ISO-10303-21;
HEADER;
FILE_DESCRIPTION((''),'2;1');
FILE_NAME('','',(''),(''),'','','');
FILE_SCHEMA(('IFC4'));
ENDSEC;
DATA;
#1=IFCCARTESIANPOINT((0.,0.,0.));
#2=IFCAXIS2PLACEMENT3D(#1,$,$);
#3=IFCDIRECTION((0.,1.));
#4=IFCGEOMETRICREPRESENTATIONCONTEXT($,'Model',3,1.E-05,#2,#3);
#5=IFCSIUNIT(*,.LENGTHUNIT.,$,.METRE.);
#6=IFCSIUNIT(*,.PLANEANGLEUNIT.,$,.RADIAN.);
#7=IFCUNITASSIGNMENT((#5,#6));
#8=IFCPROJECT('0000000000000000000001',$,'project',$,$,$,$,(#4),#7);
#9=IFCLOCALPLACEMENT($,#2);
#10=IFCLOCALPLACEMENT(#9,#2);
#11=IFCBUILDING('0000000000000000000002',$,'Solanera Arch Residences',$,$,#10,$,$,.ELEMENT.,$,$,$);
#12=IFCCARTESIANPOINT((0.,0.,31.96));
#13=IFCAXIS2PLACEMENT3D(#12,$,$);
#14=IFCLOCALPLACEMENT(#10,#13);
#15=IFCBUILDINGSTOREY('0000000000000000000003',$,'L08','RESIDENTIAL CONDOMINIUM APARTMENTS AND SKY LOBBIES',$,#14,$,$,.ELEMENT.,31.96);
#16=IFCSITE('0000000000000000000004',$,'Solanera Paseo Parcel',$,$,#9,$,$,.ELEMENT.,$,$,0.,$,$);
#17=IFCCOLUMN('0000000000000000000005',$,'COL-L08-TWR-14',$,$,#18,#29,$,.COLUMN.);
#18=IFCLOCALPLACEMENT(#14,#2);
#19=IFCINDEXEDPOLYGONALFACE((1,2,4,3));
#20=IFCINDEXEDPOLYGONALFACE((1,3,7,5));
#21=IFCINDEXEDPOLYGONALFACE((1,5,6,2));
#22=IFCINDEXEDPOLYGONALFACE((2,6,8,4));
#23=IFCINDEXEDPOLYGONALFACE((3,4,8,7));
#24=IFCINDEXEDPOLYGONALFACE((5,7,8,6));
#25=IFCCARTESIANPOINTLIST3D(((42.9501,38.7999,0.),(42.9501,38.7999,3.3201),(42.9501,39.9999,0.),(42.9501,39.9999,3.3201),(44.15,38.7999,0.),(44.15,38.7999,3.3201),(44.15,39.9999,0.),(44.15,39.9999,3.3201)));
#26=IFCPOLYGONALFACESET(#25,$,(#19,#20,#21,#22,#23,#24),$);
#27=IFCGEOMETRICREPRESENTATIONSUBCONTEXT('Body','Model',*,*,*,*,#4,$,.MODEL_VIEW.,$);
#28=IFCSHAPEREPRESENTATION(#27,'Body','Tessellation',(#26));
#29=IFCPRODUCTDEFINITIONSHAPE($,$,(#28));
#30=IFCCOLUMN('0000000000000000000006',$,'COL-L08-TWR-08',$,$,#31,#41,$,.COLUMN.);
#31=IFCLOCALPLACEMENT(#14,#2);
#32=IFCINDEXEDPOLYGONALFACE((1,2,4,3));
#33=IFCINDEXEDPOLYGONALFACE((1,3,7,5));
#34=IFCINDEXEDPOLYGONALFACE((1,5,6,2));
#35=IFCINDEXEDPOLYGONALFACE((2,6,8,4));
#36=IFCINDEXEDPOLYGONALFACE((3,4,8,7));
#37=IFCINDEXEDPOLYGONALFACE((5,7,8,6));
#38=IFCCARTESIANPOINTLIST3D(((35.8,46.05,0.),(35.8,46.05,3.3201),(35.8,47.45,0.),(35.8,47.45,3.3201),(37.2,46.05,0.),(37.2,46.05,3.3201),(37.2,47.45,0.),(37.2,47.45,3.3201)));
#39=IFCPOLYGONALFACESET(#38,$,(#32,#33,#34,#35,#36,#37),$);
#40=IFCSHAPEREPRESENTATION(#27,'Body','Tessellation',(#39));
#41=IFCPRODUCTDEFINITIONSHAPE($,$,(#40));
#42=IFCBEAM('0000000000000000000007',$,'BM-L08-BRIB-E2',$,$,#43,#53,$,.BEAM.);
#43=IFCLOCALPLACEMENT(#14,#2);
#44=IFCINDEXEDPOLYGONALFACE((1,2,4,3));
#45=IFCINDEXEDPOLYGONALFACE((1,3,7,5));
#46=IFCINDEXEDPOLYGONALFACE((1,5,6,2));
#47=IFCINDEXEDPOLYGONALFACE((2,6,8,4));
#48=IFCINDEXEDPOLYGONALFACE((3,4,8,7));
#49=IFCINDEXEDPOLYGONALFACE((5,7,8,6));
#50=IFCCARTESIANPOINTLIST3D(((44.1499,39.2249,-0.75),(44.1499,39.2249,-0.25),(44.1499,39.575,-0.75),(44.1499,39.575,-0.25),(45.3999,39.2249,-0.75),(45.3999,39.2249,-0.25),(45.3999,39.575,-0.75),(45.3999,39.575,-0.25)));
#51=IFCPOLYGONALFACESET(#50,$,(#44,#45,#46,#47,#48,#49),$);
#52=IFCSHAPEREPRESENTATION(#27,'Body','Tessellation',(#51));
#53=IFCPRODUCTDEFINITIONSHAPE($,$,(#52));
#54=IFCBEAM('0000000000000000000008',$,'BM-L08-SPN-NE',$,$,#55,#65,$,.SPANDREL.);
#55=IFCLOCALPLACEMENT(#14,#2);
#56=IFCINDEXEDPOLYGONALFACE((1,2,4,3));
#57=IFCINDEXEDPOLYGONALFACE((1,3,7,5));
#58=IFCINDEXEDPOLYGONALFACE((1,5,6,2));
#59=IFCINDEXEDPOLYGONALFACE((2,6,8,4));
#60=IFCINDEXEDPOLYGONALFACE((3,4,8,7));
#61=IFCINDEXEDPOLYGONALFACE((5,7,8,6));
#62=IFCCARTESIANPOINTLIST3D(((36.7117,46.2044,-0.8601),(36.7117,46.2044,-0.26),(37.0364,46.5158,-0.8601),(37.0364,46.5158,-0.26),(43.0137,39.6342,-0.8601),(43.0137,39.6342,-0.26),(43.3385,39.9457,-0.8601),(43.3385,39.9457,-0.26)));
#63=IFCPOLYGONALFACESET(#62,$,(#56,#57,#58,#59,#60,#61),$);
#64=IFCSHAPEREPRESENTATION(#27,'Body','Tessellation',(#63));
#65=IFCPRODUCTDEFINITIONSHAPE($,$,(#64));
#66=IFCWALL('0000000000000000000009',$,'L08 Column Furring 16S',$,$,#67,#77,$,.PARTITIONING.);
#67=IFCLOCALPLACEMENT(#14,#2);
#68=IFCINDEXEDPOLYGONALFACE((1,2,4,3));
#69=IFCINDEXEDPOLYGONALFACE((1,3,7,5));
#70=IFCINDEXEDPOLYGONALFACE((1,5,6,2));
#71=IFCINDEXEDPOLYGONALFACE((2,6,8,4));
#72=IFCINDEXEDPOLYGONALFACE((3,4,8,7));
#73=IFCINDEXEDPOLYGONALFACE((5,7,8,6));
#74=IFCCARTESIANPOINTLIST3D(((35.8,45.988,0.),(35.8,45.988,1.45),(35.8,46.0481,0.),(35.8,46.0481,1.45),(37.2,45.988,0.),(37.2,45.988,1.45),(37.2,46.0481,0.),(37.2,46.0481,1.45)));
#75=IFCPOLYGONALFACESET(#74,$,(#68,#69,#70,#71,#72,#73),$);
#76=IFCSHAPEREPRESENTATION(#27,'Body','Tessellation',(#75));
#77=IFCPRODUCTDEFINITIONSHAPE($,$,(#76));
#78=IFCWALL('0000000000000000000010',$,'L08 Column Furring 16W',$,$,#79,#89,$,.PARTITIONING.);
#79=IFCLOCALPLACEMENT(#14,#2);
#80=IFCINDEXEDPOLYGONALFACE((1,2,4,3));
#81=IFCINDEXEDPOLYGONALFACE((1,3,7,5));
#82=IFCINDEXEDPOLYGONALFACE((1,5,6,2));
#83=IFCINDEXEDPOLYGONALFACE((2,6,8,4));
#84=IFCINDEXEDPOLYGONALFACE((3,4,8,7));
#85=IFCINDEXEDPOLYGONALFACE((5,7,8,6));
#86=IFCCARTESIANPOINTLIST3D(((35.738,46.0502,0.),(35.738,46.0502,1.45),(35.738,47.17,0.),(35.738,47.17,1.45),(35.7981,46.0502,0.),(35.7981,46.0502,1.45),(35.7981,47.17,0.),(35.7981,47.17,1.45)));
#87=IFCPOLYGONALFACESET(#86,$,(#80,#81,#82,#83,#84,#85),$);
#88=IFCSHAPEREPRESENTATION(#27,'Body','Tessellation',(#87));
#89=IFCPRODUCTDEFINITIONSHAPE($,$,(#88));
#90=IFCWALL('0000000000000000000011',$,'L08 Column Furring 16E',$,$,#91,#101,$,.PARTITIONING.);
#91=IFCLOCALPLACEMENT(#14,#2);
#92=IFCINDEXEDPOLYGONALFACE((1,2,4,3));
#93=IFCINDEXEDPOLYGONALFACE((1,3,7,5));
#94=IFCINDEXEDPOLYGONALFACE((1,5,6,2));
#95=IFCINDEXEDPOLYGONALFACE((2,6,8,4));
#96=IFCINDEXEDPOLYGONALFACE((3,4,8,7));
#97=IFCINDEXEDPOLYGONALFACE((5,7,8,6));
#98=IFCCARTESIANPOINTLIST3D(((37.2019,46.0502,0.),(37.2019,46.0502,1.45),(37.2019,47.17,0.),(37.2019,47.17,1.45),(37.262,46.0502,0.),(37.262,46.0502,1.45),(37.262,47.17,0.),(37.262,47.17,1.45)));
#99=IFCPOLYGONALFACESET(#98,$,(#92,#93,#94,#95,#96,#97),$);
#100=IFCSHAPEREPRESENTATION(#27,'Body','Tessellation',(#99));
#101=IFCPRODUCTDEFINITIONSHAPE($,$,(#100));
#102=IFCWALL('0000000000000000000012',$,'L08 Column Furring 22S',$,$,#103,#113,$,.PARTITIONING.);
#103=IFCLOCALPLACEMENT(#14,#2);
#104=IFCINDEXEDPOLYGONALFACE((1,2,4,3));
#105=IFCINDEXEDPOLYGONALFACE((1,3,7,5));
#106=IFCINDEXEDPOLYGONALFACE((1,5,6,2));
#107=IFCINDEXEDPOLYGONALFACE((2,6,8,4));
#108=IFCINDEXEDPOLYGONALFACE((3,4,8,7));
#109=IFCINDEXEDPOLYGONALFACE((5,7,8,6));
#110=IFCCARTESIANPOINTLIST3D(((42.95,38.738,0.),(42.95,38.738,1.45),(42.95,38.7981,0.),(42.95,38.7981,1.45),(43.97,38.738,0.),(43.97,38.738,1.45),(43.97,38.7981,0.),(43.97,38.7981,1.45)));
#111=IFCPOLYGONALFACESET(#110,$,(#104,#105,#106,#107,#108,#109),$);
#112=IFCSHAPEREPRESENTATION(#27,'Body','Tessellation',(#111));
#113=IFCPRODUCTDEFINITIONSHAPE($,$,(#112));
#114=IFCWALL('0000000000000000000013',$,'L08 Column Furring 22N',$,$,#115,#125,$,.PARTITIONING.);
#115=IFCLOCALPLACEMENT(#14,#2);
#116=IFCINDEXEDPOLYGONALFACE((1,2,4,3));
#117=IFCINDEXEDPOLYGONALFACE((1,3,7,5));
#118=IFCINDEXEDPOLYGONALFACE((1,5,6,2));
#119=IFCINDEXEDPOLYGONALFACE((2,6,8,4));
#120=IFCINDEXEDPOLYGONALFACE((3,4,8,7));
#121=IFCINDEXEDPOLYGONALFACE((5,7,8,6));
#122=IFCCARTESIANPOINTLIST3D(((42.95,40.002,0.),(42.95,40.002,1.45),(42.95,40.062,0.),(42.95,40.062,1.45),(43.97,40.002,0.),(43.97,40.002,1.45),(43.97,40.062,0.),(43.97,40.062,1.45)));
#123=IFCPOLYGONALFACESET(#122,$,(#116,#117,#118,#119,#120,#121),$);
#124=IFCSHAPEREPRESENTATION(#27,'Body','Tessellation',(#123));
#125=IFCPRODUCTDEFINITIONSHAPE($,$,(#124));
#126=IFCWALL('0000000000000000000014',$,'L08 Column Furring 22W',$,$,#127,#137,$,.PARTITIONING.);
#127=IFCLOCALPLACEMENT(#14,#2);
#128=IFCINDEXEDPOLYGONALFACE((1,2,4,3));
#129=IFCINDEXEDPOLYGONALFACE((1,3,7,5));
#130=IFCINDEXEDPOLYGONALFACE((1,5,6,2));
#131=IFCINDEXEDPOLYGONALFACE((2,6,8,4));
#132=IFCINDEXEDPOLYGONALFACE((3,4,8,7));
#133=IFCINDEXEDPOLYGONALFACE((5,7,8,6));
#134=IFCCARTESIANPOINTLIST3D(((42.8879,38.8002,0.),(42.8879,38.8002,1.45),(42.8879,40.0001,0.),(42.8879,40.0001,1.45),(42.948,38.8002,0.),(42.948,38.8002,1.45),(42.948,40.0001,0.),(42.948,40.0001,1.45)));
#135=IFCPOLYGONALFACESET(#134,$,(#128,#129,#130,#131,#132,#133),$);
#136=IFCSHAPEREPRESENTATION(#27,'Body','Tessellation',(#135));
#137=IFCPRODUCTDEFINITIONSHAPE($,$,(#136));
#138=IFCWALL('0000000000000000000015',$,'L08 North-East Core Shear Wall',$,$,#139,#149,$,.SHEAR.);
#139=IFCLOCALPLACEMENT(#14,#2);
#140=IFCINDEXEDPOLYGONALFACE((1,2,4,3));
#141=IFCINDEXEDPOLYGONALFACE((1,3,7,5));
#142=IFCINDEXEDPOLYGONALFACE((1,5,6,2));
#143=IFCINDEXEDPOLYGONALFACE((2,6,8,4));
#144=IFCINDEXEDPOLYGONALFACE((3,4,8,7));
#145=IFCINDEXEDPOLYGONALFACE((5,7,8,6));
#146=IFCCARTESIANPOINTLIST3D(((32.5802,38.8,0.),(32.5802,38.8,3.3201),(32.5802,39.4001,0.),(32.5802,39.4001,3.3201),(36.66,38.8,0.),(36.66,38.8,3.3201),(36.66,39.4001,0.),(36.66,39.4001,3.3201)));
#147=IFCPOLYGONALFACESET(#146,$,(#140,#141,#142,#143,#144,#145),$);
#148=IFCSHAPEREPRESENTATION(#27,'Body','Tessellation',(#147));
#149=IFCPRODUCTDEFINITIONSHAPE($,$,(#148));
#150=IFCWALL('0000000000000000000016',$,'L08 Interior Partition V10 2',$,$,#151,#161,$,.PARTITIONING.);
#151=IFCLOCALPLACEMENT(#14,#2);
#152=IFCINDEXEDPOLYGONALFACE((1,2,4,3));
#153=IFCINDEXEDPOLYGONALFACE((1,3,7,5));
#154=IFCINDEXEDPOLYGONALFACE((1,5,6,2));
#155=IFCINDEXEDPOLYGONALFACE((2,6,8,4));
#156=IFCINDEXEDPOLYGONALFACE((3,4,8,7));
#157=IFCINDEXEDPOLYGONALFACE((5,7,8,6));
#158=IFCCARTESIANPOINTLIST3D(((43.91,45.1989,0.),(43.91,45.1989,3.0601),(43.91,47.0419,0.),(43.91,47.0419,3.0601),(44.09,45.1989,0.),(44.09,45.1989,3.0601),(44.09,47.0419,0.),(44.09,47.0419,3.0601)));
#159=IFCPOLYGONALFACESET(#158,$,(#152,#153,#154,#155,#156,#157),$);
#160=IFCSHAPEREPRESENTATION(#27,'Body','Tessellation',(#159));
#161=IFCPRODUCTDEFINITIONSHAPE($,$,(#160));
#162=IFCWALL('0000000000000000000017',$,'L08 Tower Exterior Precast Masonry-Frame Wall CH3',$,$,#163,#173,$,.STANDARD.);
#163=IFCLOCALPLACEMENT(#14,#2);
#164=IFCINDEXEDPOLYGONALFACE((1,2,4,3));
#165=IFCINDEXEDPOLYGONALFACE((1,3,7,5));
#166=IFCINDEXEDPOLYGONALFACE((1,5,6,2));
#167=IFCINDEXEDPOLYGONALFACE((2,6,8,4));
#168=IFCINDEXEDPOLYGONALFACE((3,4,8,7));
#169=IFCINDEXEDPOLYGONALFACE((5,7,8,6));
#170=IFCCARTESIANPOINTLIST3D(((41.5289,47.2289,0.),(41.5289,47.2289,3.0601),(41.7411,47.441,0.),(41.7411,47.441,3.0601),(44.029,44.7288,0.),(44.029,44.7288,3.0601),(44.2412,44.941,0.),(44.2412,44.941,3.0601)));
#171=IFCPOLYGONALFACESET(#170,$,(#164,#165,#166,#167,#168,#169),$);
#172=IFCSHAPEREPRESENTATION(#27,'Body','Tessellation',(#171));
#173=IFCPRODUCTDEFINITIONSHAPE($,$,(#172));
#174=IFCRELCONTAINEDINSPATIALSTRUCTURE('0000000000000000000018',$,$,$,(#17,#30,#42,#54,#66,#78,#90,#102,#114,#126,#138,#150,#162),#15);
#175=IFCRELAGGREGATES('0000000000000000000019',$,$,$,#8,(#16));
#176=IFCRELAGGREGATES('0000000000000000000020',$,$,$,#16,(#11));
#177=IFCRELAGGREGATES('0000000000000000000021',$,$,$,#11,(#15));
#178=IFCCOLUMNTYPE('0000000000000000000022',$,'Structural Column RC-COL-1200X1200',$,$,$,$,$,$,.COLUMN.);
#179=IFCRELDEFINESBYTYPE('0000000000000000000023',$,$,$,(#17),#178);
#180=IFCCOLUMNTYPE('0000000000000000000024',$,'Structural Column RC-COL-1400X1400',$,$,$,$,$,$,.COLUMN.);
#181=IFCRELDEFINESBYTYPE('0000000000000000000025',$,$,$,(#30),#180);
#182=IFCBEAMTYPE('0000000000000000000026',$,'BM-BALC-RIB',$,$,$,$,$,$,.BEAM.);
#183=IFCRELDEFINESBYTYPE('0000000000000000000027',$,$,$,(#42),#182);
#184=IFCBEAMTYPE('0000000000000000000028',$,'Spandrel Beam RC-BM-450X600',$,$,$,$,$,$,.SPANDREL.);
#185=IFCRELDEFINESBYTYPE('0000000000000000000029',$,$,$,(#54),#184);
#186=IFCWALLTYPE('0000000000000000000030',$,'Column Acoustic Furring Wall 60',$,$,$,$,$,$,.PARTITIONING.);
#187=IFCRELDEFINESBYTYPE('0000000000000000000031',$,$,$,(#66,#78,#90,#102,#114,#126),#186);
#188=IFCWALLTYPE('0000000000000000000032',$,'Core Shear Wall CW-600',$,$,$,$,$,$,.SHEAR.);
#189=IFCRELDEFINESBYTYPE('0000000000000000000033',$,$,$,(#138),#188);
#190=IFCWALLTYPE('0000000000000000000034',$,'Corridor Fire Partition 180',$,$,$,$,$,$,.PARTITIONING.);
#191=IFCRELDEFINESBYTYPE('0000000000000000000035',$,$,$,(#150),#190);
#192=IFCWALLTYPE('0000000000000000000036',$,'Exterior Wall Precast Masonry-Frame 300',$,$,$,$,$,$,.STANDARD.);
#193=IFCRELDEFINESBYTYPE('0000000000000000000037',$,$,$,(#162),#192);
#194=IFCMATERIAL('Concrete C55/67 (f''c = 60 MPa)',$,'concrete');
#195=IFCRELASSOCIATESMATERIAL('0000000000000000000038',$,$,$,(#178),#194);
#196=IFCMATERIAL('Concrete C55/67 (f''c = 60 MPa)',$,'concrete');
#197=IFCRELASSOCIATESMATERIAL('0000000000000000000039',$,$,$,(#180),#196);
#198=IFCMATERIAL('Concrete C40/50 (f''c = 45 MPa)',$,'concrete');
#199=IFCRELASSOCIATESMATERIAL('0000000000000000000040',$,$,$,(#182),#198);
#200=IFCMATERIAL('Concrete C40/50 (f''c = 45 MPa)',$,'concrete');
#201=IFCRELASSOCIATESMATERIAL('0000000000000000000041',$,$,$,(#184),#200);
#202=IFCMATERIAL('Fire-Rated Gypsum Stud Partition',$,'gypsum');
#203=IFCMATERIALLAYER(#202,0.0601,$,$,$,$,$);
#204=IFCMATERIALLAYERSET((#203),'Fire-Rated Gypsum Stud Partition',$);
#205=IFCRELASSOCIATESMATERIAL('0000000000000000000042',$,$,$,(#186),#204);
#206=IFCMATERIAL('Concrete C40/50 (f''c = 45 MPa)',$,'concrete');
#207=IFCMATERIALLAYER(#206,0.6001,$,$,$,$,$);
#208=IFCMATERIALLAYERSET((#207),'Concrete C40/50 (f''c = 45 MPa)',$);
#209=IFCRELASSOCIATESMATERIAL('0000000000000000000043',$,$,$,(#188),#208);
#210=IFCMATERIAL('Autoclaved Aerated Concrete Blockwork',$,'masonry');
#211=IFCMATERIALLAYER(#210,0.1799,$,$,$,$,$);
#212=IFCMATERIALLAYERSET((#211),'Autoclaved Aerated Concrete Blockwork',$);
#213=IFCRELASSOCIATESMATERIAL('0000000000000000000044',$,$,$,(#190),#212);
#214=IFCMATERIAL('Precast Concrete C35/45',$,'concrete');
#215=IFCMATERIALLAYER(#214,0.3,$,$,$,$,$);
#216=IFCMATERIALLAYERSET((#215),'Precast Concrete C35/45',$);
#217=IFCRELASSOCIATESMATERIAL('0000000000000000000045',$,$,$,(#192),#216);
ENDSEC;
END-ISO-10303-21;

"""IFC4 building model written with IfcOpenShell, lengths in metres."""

from ifc_helpers import new_model, si_unit, direction, frame, frame_2d, origin, origin_2d, place, context, subcontext, project, spatial, rectangle, extrude, material, layer, layer_set, material_profile, profile_set, type_object, element, save


model = new_model("IFC4")

# Units and contexts
model_context = context("Model", 3, precision=1e-05, world=origin(), true_north=direction((0.0, 1.0)))
body_context = subcontext(model_context, "Body", "Model", "MODEL_VIEW")
ifc_project = project(units=[si_unit("LENGTHUNIT", "METRE"), si_unit("PLANEANGLEUNIT", "RADIAN")], contexts=[model_context])

# Site, building, storey
site_placement = place(None, origin())
site = spatial("IfcSite", under=ifc_project, at=site_placement, Name="Solanera Paseo Parcel", CompositionType="ELEMENT", RefElevation=0.0)
building_placement = place(site_placement, origin())
building = spatial("IfcBuilding", under=site, at=building_placement, Name="Solanera Arch Residences", CompositionType="ELEMENT")
storey_placement = place(building_placement, frame((0.0, 0.0, 31.96)))
storey = spatial("IfcBuildingStorey", under=building, at=storey_placement, Name="L08", Description="RESIDENTIAL CONDOMINIUM APARTMENTS AND SKY LOBBIES", CompositionType="ELEMENT", Elevation=31.96)

# Columns
ifc_material_1 = material(Name="Concrete C55/67 (f'c = 60 MPa)", Category="concrete")
ifc_material_profile_1 = material_profile(ifc_material_1, rectangle(XDim=1.2, YDim=1.2, at=origin_2d()))
ifc_profile_set_1 = profile_set([ifc_material_profile_1], Name="Concrete C55/67 (f'c = 60 MPa)")
column_type_1 = type_object("IfcColumnType", Name="Structural Column RC-COL-1200X1200", PredefinedType="COLUMN", material=ifc_profile_set_1)
column_1_placement = place(storey_placement, frame((43.55, 39.3999, 0.0), z_axis=(0.0, 0.0, 1.0), x_axis=(1.0, 0.0, 0.0)))
element("IfcColumn", 1, at=column_1_placement, inside=storey, type_object=column_type_1, Name="COL-L08-TWR-14", PredefinedType="COLUMN", context=body_context, shape_type="SweptSolid", body=[
    extrude(rectangle(XDim=1.2, YDim=1.2, at=origin_2d()), origin(), (0.0, 0.0, 1.0), 3.3201),
])
ifc_material_2 = material(Name="Concrete C55/67 (f'c = 60 MPa)", Category="concrete")
ifc_material_profile_2 = material_profile(ifc_material_2, rectangle(XDim=1.3999, YDim=1.3999, at=origin_2d()))
ifc_profile_set_2 = profile_set([ifc_material_profile_2], Name="Concrete C55/67 (f'c = 60 MPa)")
column_type_2 = type_object("IfcColumnType", Name="Structural Column RC-COL-1400X1400", PredefinedType="COLUMN", material=ifc_profile_set_2)
column_2_placement = place(storey_placement, frame((36.5, 46.75, 0.0), z_axis=(0.0, 0.0, 1.0), x_axis=(1.0, 0.0, 0.0)))
element("IfcColumn", 2, at=column_2_placement, inside=storey, type_object=column_type_2, Name="COL-L08-TWR-08", PredefinedType="COLUMN", context=body_context, shape_type="SweptSolid", body=[
    extrude(rectangle(XDim=1.3999, YDim=1.3999, at=origin_2d()), origin(), (0.0, 0.0, 1.0), 3.3201),
])

# Beams
ifc_material_3 = material(Name="Concrete C40/50 (f'c = 45 MPa)", Category="concrete")
ifc_material_profile_3 = material_profile(ifc_material_3, rectangle(XDim=0.3501, YDim=0.5, at=origin_2d()))
ifc_profile_set_3 = profile_set([ifc_material_profile_3], Name="Concrete C40/50 (f'c = 45 MPa)")
beam_type_1 = type_object("IfcBeamType", Name="BM-BALC-RIB", PredefinedType="BEAM", material=ifc_profile_set_3)
beam_1_placement = place(storey_placement, frame((44.1499, 39.3999, -0.5), z_axis=(1.0, 0.0, 0.0), x_axis=(0.0, 1.0, 0.0)))
element("IfcBeam", 3, at=beam_1_placement, inside=storey, type_object=beam_type_1, Name="BM-L08-BRIB-E2", PredefinedType="BEAM", context=body_context, shape_type="SweptSolid", body=[
    extrude(rectangle(XDim=0.3501, YDim=0.5, at=origin_2d()), origin(), (0.0, 0.0, 1.0), 1.25),
])
ifc_material_4 = material(Name="Concrete C40/50 (f'c = 45 MPa)", Category="concrete")
ifc_material_profile_4 = material_profile(ifc_material_4, rectangle(XDim=0.45, YDim=0.6001, at=origin_2d()))
ifc_profile_set_4 = profile_set([ifc_material_profile_4], Name="Concrete C40/50 (f'c = 45 MPa)")
beam_type_2 = type_object("IfcBeamType", Name="Spandrel Beam RC-BM-450X600", PredefinedType="SPANDREL", material=ifc_profile_set_4)
beam_2_placement = place(storey_placement, frame((36.874, 46.3601, -0.5601), z_axis=(0.692231, -0.721676, 0.0), x_axis=(0.721676, 0.692231, 0.0)))
element("IfcBeam", 4, at=beam_2_placement, inside=storey, type_object=beam_type_2, Name="BM-L08-SPN-NE", PredefinedType="SPANDREL", context=body_context, shape_type="SweptSolid", body=[
    extrude(rectangle(XDim=0.45, YDim=0.6001, at=origin_2d()), origin(), (0.0, 0.0, 1.0), 9.104),
])

# Walls
ifc_material_5 = material(Name="Fire-Rated Gypsum Stud Partition", Category="gypsum")
ifc_layer_1 = layer(ifc_material_5, 0.0601)
ifc_layer_set_1 = layer_set([ifc_layer_1], Name="Fire-Rated Gypsum Stud Partition")
wall_type_1 = type_object("IfcWallType", Name="Column Acoustic Furring Wall 60", PredefinedType="PARTITIONING", material=ifc_layer_set_1)
wall_1_placement = place(storey_placement, frame((35.8, 46.0181, 0.0), z_axis=(0.0, 0.0, 1.0), x_axis=(1.0, 0.0, 0.0)))
element("IfcWall", 5, at=wall_1_placement, inside=storey, type_object=wall_type_1, Name="L08 Column Furring 16S", PredefinedType="PARTITIONING", context=body_context, shape_type="SweptSolid", body=[
    extrude(rectangle(XDim=1.3999, YDim=0.0601, at=frame_2d((0.7, 0.0))), origin(), (0.0, 0.0, 1.0), 1.45),
])
for number, where, z_axis, x_axis, name in (
    (6, (35.7681, 46.05, 0.0), (0.0, 0.0, 1.0), (0.0, 1.0, 0.0), "L08 Column Furring 16W"),
    (7, (37.2319, 46.05, 0.0), (0.0, 0.0, 1.0), (0.0, 1.0, 0.0), "L08 Column Furring 16E"),
):
    element("IfcWall", number, at=place(storey_placement, frame(where, z_axis=z_axis, x_axis=x_axis)), inside=storey, type_object=wall_type_1, Name=name, PredefinedType="PARTITIONING", context=body_context, shape_type="SweptSolid", body=[
        extrude(rectangle(XDim=1.1199, YDim=0.0601, at=frame_2d((0.5601, 0.0))), origin(), (0.0, 0.0, 1.0), 1.45),
    ])
for number, where, z_axis, x_axis, name in (
    (8, (42.95, 38.7681, 0.0), (0.0, 0.0, 1.0), (1.0, 0.0, 0.0), "L08 Column Furring 22S"),
    (9, (42.95, 40.032, 0.0), (0.0, 0.0, 1.0), (1.0, 0.0, 0.0), "L08 Column Furring 22N"),
):
    element("IfcWall", number, at=place(storey_placement, frame(where, z_axis=z_axis, x_axis=x_axis)), inside=storey, type_object=wall_type_1, Name=name, PredefinedType="PARTITIONING", context=body_context, shape_type="SweptSolid", body=[
        extrude(rectangle(XDim=1.02, YDim=0.0601, at=frame_2d((0.51, 0.0))), origin(), (0.0, 0.0, 1.0), 1.45),
    ])
wall_2_placement = place(storey_placement, frame((42.918, 38.8, 0.0), z_axis=(0.0, 0.0, 1.0), x_axis=(0.0, 1.0, 0.0)))
element("IfcWall", 10, at=wall_2_placement, inside=storey, type_object=wall_type_1, Name="L08 Column Furring 22W", PredefinedType="PARTITIONING", context=body_context, shape_type="SweptSolid", body=[
    extrude(rectangle(XDim=1.2, YDim=0.0601, at=frame_2d((0.6001, 0.0))), origin(), (0.0, 0.0, 1.0), 1.45),
])
ifc_material_6 = material(Name="Concrete C40/50 (f'c = 45 MPa)", Category="concrete")
ifc_layer_2 = layer(ifc_material_6, 0.6001)
ifc_layer_set_2 = layer_set([ifc_layer_2], Name="Concrete C40/50 (f'c = 45 MPa)")
wall_type_2 = type_object("IfcWallType", Name="Core Shear Wall CW-600", PredefinedType="SHEAR", material=ifc_layer_set_2)
wall_3_placement = place(storey_placement, frame((32.5801, 39.1001, 0.0), z_axis=(0.0, 0.0, 1.0), x_axis=(1.0, 0.0, 0.0)))
element("IfcWall", 11, at=wall_3_placement, inside=storey, type_object=wall_type_2, Name="L08 North-East Core Shear Wall", PredefinedType="SHEAR", context=body_context, shape_type="SweptSolid", body=[
    extrude(rectangle(XDim=4.0798, YDim=0.6001, at=frame_2d((2.04, 0.0))), origin(), (0.0, 0.0, 1.0), 3.3201),
])
ifc_material_7 = material(Name="Autoclaved Aerated Concrete Blockwork", Category="masonry")
ifc_layer_3 = layer(ifc_material_7, 0.1799)
ifc_layer_set_3 = layer_set([ifc_layer_3], Name="Autoclaved Aerated Concrete Blockwork")
wall_type_3 = type_object("IfcWallType", Name="Corridor Fire Partition 180", PredefinedType="PARTITIONING", material=ifc_layer_set_3)
wall_4_placement = place(storey_placement, frame((44.0, 45.199, 0.0), z_axis=(0.0, 0.0, 1.0), x_axis=(0.0, 1.0, 0.0)))
element("IfcWall", 12, at=wall_4_placement, inside=storey, type_object=wall_type_3, Name="L08 Interior Partition V10 2", PredefinedType="PARTITIONING", context=body_context, shape_type="SweptSolid", body=[
    extrude(rectangle(XDim=1.843, YDim=0.1799, at=frame_2d((0.9214, 0.0))), origin(), (0.0, 0.0, 1.0), 3.0601),
])
ifc_material_8 = material(Name="Precast Concrete C35/45", Category="concrete")
ifc_layer_4 = layer(ifc_material_8, 0.3)
ifc_layer_set_4 = layer_set([ifc_layer_4], Name="Precast Concrete C35/45")
wall_type_4 = type_object("IfcWallType", Name="Exterior Wall Precast Masonry-Frame 300", PredefinedType="STANDARD", material=ifc_layer_set_4)
wall_5_placement = place(storey_placement, frame((41.635, 47.335, 0.0), z_axis=(0.0, 0.0, 1.0), x_axis=(0.707107, -0.707107, 0.0)))
element("IfcWall", 13, at=wall_5_placement, inside=storey, type_object=wall_type_4, Name="L08 Tower Exterior Precast Masonry-Frame Wall CH3", PredefinedType="STANDARD", context=body_context, shape_type="SweptSolid", body=[
    extrude(rectangle(XDim=3.5356, YDim=0.3, at=frame_2d((1.7678, 0.0))), origin(), (0.0, 0.0, 1.0), 3.0601),
])

save(model, "model.ifc")
